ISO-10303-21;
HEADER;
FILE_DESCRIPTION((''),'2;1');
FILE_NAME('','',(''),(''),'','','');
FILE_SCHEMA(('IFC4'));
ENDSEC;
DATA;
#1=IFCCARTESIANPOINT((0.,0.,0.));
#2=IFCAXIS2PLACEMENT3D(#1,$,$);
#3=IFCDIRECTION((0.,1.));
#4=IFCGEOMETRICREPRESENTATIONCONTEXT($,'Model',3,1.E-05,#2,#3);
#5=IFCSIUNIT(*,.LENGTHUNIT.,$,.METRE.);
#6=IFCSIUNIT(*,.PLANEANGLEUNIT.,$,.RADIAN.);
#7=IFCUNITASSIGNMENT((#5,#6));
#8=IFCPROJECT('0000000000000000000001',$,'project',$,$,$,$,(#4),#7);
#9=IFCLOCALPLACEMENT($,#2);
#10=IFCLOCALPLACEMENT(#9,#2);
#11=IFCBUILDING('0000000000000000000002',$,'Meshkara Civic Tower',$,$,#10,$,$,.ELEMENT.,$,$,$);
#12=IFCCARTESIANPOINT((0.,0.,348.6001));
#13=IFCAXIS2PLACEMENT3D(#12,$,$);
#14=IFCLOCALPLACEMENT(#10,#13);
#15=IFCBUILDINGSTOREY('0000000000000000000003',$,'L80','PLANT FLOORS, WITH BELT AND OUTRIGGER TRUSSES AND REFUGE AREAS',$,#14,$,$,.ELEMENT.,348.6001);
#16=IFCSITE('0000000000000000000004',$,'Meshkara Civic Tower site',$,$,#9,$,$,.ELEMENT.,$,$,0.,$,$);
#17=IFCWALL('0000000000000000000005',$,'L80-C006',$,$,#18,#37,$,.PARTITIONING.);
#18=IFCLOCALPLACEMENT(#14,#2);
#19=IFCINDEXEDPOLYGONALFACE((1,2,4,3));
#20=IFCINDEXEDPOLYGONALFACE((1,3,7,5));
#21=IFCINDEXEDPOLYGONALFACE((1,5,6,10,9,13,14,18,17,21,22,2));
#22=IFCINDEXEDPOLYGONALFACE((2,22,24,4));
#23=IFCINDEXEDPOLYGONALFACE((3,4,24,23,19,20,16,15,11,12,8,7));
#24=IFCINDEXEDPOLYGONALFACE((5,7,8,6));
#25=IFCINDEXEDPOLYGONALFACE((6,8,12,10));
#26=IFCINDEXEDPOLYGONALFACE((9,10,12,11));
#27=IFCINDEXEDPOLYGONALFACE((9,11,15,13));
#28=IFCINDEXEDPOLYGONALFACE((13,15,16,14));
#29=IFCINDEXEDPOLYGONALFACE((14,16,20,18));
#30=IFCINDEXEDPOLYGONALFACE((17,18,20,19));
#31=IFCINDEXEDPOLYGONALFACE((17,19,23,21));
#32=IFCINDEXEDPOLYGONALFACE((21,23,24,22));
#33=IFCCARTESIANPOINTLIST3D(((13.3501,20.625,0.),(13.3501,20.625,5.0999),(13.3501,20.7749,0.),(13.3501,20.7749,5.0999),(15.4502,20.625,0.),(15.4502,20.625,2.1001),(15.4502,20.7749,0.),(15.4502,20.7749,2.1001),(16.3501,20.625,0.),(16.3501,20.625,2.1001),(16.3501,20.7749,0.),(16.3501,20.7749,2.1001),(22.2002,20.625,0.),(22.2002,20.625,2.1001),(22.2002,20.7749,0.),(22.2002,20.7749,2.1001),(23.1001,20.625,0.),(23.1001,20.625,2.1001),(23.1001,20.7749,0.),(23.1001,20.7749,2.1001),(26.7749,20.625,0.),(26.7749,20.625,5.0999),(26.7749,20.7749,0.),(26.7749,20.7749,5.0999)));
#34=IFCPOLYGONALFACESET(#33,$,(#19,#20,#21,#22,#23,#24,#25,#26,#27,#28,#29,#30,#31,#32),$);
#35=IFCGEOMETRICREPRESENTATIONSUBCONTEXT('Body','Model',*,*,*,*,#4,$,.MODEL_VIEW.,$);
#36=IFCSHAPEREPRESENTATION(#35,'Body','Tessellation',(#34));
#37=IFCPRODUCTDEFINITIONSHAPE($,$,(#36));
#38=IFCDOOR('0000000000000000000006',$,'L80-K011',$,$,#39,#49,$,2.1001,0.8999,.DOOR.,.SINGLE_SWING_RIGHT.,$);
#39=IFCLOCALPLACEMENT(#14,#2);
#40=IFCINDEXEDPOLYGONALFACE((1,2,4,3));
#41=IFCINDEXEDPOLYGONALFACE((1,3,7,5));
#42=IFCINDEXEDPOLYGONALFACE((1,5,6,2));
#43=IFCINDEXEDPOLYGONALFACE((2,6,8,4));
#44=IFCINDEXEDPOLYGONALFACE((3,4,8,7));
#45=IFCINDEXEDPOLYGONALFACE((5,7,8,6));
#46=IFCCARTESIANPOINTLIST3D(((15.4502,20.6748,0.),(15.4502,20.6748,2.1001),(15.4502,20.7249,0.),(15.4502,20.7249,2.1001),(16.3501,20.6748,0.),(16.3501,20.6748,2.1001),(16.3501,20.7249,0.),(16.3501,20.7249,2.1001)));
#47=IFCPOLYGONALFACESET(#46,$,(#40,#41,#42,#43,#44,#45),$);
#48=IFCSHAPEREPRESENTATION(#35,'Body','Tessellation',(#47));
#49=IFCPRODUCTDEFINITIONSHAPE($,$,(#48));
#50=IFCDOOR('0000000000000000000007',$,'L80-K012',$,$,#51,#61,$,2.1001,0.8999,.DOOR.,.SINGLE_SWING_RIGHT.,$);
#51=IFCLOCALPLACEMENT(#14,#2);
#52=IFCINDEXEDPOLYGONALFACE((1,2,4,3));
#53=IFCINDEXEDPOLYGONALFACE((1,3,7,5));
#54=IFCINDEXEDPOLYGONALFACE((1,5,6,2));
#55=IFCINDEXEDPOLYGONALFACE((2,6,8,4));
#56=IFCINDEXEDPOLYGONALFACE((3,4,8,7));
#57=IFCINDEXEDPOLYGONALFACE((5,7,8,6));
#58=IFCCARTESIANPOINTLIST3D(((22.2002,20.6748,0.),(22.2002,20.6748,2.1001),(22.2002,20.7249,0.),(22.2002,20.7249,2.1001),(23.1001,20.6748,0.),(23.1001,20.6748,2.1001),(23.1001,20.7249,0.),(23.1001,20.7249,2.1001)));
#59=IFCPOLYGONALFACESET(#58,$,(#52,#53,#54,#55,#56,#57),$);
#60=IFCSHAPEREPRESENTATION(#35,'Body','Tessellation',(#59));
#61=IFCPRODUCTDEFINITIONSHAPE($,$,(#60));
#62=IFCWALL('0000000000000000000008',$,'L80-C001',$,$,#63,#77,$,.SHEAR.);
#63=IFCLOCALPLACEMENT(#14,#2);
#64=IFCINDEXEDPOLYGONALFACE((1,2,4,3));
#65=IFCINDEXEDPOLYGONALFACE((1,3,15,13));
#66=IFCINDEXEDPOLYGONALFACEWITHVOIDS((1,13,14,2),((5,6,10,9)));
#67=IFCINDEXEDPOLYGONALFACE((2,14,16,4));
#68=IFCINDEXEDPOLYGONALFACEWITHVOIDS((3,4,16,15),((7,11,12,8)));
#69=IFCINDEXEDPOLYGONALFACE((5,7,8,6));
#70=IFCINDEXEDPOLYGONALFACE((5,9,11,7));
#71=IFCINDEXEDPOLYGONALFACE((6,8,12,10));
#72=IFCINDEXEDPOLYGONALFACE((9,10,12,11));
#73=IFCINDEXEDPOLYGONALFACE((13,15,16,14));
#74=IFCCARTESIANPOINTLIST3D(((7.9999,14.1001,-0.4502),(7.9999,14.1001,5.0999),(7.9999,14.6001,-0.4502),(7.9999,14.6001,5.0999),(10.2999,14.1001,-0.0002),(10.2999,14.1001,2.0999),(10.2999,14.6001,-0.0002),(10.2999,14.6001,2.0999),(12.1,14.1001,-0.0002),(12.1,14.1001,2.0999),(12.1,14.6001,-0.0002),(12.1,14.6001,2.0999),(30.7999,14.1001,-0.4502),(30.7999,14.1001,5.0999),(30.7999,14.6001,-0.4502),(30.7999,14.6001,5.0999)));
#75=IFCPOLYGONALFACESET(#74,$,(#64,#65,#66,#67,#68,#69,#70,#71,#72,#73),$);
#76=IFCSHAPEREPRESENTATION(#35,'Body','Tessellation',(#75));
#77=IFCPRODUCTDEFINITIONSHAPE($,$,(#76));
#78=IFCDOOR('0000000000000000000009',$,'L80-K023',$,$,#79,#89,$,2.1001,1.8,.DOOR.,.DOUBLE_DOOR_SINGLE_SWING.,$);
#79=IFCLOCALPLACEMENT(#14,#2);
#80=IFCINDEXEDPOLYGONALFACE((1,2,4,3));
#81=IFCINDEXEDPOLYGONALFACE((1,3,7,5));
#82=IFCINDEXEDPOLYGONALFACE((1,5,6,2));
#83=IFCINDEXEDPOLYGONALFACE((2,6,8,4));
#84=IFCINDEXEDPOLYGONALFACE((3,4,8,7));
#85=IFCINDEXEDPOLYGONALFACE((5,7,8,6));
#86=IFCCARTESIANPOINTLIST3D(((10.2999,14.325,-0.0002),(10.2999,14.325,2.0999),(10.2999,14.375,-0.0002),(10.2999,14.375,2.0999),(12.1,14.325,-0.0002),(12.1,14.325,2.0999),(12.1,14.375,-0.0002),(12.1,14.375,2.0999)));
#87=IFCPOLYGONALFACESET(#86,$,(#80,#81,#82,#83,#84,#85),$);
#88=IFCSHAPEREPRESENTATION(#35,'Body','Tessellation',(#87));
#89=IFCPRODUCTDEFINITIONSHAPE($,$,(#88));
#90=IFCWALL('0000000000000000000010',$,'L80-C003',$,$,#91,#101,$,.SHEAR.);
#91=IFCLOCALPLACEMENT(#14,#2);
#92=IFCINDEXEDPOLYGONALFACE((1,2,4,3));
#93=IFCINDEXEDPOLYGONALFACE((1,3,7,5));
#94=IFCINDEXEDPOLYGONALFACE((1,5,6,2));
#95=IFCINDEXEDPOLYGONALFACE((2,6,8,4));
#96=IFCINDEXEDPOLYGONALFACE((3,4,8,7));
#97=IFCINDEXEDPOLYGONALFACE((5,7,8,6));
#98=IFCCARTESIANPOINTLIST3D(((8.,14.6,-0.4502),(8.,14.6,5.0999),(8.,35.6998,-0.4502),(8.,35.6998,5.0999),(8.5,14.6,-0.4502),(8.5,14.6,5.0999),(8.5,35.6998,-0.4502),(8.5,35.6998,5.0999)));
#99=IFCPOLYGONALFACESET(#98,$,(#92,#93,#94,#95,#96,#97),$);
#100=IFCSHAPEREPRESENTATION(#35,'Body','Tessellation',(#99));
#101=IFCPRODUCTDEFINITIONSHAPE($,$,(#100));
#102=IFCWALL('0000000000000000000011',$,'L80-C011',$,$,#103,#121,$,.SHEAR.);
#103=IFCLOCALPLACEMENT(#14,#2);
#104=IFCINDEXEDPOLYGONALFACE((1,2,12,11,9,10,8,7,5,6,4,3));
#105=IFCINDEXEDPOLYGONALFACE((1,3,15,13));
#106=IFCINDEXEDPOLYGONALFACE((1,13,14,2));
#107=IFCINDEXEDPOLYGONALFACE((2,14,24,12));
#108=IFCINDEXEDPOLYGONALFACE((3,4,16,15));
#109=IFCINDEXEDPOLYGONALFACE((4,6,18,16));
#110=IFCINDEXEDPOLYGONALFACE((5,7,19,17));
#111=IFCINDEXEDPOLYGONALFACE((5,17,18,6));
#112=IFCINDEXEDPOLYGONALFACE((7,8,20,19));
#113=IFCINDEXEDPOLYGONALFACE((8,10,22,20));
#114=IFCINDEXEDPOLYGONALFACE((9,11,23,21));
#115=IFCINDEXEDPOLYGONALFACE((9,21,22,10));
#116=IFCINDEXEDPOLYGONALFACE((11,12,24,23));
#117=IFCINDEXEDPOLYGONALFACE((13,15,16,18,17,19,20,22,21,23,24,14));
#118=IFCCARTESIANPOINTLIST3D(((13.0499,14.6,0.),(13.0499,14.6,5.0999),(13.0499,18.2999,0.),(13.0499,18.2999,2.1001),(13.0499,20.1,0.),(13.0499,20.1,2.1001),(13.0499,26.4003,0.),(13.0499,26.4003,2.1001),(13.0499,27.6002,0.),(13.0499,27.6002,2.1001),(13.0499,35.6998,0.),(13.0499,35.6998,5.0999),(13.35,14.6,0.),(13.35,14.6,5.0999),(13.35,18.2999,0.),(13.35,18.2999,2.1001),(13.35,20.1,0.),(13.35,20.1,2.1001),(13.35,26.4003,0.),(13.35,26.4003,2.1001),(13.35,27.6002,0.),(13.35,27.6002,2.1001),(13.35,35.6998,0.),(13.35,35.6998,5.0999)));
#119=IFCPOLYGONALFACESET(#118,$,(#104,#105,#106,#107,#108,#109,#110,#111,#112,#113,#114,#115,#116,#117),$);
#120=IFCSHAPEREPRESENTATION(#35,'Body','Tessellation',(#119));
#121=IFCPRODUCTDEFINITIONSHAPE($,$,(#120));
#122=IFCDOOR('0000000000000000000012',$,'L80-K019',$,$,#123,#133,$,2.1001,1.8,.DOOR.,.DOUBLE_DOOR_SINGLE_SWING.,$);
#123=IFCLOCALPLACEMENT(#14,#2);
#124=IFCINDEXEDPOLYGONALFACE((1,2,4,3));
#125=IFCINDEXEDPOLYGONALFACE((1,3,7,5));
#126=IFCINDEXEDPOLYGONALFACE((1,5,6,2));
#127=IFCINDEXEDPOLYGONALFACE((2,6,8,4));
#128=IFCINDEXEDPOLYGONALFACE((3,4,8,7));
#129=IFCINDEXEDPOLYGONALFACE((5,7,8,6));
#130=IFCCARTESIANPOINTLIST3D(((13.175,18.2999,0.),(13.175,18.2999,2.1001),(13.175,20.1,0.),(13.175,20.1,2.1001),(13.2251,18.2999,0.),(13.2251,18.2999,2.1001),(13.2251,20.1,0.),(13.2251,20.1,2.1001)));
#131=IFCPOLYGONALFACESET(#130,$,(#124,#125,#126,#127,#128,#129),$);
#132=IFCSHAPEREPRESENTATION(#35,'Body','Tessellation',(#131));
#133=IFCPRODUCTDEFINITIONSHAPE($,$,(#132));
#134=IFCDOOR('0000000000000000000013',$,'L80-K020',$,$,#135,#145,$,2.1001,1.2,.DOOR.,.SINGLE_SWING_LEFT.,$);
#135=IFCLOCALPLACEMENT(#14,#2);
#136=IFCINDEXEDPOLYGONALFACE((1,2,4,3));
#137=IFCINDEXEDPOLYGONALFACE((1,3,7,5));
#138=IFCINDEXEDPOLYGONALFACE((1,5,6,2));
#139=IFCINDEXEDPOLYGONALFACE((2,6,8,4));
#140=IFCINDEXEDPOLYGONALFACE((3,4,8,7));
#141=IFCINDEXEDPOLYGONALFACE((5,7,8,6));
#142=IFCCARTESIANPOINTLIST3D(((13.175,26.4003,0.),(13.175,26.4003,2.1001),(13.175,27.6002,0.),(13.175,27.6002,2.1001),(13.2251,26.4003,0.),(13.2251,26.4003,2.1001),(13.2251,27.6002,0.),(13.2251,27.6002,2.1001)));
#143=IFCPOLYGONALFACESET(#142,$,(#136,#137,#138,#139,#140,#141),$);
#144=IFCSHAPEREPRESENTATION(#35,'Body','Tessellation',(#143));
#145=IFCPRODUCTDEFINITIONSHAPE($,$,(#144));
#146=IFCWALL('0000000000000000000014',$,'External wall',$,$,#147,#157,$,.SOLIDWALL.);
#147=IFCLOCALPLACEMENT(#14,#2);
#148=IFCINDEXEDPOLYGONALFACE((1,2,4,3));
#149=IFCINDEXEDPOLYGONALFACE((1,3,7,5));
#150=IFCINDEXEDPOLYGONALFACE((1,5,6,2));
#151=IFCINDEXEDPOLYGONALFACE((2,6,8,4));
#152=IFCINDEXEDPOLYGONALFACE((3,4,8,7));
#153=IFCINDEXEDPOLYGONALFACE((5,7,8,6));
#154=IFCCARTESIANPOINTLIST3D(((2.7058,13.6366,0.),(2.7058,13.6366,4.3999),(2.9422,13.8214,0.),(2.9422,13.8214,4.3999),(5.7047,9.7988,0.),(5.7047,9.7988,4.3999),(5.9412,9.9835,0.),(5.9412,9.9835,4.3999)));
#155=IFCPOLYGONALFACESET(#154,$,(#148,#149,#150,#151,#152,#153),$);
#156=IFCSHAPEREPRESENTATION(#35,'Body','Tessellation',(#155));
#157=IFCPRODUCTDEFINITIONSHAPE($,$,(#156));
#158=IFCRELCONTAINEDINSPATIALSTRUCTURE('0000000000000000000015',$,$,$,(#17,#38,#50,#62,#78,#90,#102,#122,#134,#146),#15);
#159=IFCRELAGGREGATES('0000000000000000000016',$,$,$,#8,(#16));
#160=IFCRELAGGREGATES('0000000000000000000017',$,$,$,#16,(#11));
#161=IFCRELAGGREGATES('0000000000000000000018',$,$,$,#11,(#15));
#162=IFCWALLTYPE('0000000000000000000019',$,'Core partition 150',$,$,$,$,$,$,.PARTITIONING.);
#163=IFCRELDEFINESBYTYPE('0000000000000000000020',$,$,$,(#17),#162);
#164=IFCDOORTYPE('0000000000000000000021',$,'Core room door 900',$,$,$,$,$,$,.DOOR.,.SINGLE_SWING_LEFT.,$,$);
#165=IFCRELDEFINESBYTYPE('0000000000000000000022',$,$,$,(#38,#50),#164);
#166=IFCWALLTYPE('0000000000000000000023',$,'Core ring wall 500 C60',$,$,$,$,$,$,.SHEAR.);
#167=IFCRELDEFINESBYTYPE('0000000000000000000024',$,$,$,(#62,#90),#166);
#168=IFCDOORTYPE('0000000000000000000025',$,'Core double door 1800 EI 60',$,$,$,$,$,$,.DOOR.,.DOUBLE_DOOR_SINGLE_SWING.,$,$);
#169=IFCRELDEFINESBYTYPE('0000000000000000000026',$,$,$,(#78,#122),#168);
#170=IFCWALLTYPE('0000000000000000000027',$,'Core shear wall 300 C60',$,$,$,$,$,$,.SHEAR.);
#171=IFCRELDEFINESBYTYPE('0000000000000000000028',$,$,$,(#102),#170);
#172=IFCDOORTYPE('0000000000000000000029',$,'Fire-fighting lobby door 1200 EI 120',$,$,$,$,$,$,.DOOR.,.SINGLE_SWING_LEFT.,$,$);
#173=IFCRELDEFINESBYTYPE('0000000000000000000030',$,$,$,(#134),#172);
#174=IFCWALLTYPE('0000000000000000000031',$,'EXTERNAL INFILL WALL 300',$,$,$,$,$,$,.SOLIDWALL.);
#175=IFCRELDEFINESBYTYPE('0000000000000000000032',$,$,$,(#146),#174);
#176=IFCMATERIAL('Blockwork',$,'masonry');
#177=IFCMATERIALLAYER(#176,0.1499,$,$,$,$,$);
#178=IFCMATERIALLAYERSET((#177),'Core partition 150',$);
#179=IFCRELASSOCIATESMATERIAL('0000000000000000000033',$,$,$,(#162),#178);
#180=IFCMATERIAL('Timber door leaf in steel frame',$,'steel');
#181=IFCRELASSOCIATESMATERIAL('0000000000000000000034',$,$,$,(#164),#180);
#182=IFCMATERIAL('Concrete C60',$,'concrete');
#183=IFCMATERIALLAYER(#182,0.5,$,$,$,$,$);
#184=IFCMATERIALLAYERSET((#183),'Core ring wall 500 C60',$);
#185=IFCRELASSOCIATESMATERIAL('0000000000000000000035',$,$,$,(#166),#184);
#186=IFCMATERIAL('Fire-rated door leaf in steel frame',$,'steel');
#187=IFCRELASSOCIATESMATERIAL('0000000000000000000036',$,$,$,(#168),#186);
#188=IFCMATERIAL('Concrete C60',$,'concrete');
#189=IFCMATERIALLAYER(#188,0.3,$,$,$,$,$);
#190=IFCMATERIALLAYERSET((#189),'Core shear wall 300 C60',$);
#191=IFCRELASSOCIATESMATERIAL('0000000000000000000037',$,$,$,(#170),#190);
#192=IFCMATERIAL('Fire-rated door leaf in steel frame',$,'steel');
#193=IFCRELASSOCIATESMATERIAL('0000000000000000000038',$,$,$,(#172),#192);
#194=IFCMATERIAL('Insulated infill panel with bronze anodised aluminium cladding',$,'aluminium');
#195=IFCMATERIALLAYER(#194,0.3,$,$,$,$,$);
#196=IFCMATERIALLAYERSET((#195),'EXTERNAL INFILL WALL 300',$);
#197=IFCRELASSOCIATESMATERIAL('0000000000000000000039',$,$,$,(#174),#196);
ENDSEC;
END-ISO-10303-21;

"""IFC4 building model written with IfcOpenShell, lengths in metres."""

from ifc_helpers import new_model, si_unit, direction, frame, frame_2d, origin, place, context, subcontext, project, spatial, rectangle, extrude, material, layer, layer_set, type_object, element, fill, save


model = new_model("IFC4")

# Units and contexts
model_context = context("Model", 3, precision=1e-05, world=origin(), true_north=direction((0.0, 1.0)))
body_context = subcontext(model_context, "Body", "Model", "MODEL_VIEW")
ifc_project = project(units=[si_unit("LENGTHUNIT", "METRE"), si_unit("PLANEANGLEUNIT", "RADIAN")], contexts=[model_context])

# Site, building, storey
site_placement = place(None, origin())
site = spatial("IfcSite", under=ifc_project, at=site_placement, Name="Meshkara Civic Tower site", CompositionType="ELEMENT", RefElevation=0.0)
building_placement = place(site_placement, origin())
building = spatial("IfcBuilding", under=site, at=building_placement, Name="Meshkara Civic Tower", CompositionType="ELEMENT")
storey_placement = place(building_placement, frame((0.0, 0.0, 348.6001)))
storey = spatial("IfcBuildingStorey", under=building, at=storey_placement, Name="L80", Description="PLANT FLOORS, WITH BELT AND OUTRIGGER TRUSSES AND REFUGE AREAS", CompositionType="ELEMENT", Elevation=348.6001)

# Wall, openings, doors
ifc_material_1 = material(Name="Blockwork", Category="masonry")
ifc_layer_1 = layer(ifc_material_1, 0.1499)
ifc_layer_set_1 = layer_set([ifc_layer_1], Name="Core partition 150")
wall_type_1 = type_object("IfcWallType", Name="Core partition 150", PredefinedType="PARTITIONING", material=ifc_layer_set_1)
wall_1_placement = place(storey_placement, frame((13.3501, 20.7, 0.0), z_axis=(0.0, 0.0, 1.0), x_axis=(1.0, 0.0, 0.0)))
wall_1 = element("IfcWall", 1, at=wall_1_placement, inside=storey, type_object=wall_type_1, Name="L80-C006", PredefinedType="PARTITIONING", context=body_context, shape_type="SweptSolid", body=[
    extrude(rectangle(XDim=13.4248, YDim=0.1499, at=frame_2d((6.7124, 0.0))), origin(), (0.0, 0.0, 1.0), 5.0999),
])
opening_1_placement = place(wall_1_placement, frame((2.1001, 0.0, 0.0)))
opening_1 = element("IfcOpeningElement", 2, at=opening_1_placement, cuts=wall_1, PredefinedType="OPENING", context=body_context, shape_type="SweptSolid", body=[
    extrude(rectangle(XDim=0.8999, YDim=2.1001, at=frame_2d((0.45, 1.05))), frame((0.0, 0.085, 0.0), z_axis=(0.0, -1.0, 0.0), x_axis=(1.0, 0.0, 0.0)), (0.0, 0.0, 1.0), 0.1699),
])
opening_2_placement = place(wall_1_placement, frame((8.8501, 0.0, 0.0)))
opening_2 = element("IfcOpeningElement", 3, at=opening_2_placement, cuts=wall_1, PredefinedType="OPENING", context=body_context, shape_type="SweptSolid", body=[
    extrude(rectangle(XDim=0.8999, YDim=2.1001, at=frame_2d((0.45, 1.05))), frame((0.0, 0.085, 0.0), z_axis=(0.0, -1.0, 0.0), x_axis=(1.0, 0.0, 0.0)), (0.0, 0.0, 1.0), 0.1699),
])
ifc_material_2 = material(Name="Timber door leaf in steel frame", Category="steel")
door_type_1 = type_object("IfcDoorType", Name="Core room door 900", OperationType="SINGLE_SWING_LEFT", PredefinedType="DOOR", material=ifc_material_2)
door_1_placement = place(opening_1_placement, origin())
door_1 = element("IfcDoor", 4, at=door_1_placement, inside=storey, type_object=door_type_1, Name="L80-K011", OperationType="SINGLE_SWING_RIGHT", OverallHeight=2.1001, OverallWidth=0.8999, PredefinedType="DOOR", context=body_context, shape_type="SweptSolid", body=[
    extrude(rectangle(XDim=0.8999, YDim=2.1001, at=frame_2d((0.45, 1.05))), frame((0.0, 0.0249, 0.0), z_axis=(0.0, -1.0, 0.0), x_axis=(1.0, 0.0, 0.0)), (0.0, 0.0, 1.0), 0.05),
])
fill(opening_1, door_1)
door_2_placement = place(opening_2_placement, origin())
door_2 = element("IfcDoor", 5, at=door_2_placement, inside=storey, type_object=door_type_1, Name="L80-K012", OperationType="SINGLE_SWING_RIGHT", OverallHeight=2.1001, OverallWidth=0.8999, PredefinedType="DOOR", context=body_context, shape_type="SweptSolid", body=[
    extrude(rectangle(XDim=0.8999, YDim=2.1001, at=frame_2d((0.45, 1.05))), frame((0.0, 0.0249, 0.0), z_axis=(0.0, -1.0, 0.0), x_axis=(1.0, 0.0, 0.0)), (0.0, 0.0, 1.0), 0.05),
])
fill(opening_2, door_2)

# Wall, opening, door
ifc_material_3 = material(Name="Concrete C60", Category="concrete")
ifc_layer_2 = layer(ifc_material_3, 0.5)
ifc_layer_set_2 = layer_set([ifc_layer_2], Name="Core ring wall 500 C60")
wall_type_2 = type_object("IfcWallType", Name="Core ring wall 500 C60", PredefinedType="SHEAR", material=ifc_layer_set_2)
wall_2_placement = place(storey_placement, frame((8.0, 14.3501, -0.4502), z_axis=(0.0, 0.0, 1.0), x_axis=(1.0, 0.0, 0.0)))
wall_2 = element("IfcWall", 6, at=wall_2_placement, inside=storey, type_object=wall_type_2, Name="L80-C001", PredefinedType="SHEAR", context=body_context, shape_type="SweptSolid", body=[
    extrude(rectangle(XDim=22.8, YDim=0.5, at=frame_2d((11.3999, 0.0))), origin(), (0.0, 0.0, 1.0), 5.55),
])
opening_3_placement = place(wall_2_placement, frame((2.3, 0.0, 0.45)))
opening_3 = element("IfcOpeningElement", 7, at=opening_3_placement, cuts=wall_2, PredefinedType="OPENING", context=body_context, shape_type="SweptSolid", body=[
    extrude(rectangle(XDim=1.8, YDim=2.1001, at=frame_2d((0.8999, 1.05))), frame((0.0, 0.26, 0.0), z_axis=(0.0, -1.0, 0.0), x_axis=(1.0, 0.0, 0.0)), (0.0, 0.0, 1.0), 0.52),
])
ifc_material_4 = material(Name="Fire-rated door leaf in steel frame", Category="steel")
door_type_2 = type_object("IfcDoorType", Name="Core double door 1800 EI 60", OperationType="DOUBLE_DOOR_SINGLE_SWING", PredefinedType="DOOR", material=ifc_material_4)
door_3_placement = place(opening_3_placement, origin())
door_3 = element("IfcDoor", 8, at=door_3_placement, inside=storey, type_object=door_type_2, Name="L80-K023", OperationType="DOUBLE_DOOR_SINGLE_SWING", OverallHeight=2.1001, OverallWidth=1.8, PredefinedType="DOOR", context=body_context, shape_type="SweptSolid", body=[
    extrude(rectangle(XDim=1.8, YDim=2.1001, at=frame_2d((0.8999, 1.05))), frame((0.0, 0.0249, 0.0), z_axis=(0.0, -1.0, 0.0), x_axis=(1.0, 0.0, 0.0)), (0.0, 0.0, 1.0), 0.05),
])
fill(opening_3, door_3)

# Wall
wall_3_placement = place(storey_placement, frame((8.25, 14.6001, -0.4502), z_axis=(0.0, 0.0, 1.0), x_axis=(0.0, 1.0, 0.0)))
element("IfcWall", 9, at=wall_3_placement, inside=storey, type_object=wall_type_2, Name="L80-C003", PredefinedType="SHEAR", context=body_context, shape_type="SweptSolid", body=[
    extrude(rectangle(XDim=21.0999, YDim=0.5, at=frame_2d((10.5498, 0.0))), origin(), (0.0, 0.0, 1.0), 5.55),
])

# Wall, openings, doors
ifc_material_5 = material(Name="Concrete C60", Category="concrete")
ifc_layer_3 = layer(ifc_material_5, 0.3)
ifc_layer_set_3 = layer_set([ifc_layer_3], Name="Core shear wall 300 C60")
wall_type_3 = type_object("IfcWallType", Name="Core shear wall 300 C60", PredefinedType="SHEAR", material=ifc_layer_set_3)
wall_4_placement = place(storey_placement, frame((13.2, 14.6001, 0.0), z_axis=(0.0, 0.0, 1.0), x_axis=(0.0, 1.0, 0.0)))
wall_4 = element("IfcWall", 10, at=wall_4_placement, inside=storey, type_object=wall_type_3, Name="L80-C011", PredefinedType="SHEAR", context=body_context, shape_type="SweptSolid", body=[
    extrude(rectangle(XDim=21.0999, YDim=0.3, at=frame_2d((10.5498, 0.0))), origin(), (0.0, 0.0, 1.0), 5.0999),
])
opening_4_placement = place(wall_4_placement, frame((3.7, 0.0, 0.0)))
opening_4 = element("IfcOpeningElement", 11, at=opening_4_placement, cuts=wall_4, PredefinedType="OPENING", context=body_context, shape_type="SweptSolid", body=[
    extrude(rectangle(XDim=1.8, YDim=2.1001, at=frame_2d((0.8999, 1.05))), frame((0.0, 0.1599, 0.0), z_axis=(0.0, -1.0, 0.0), x_axis=(1.0, 0.0, 0.0)), (0.0, 0.0, 1.0), 0.3201),
])
opening_5_placement = place(wall_4_placement, frame((11.8, 0.0, 0.0)))
opening_5 = element("IfcOpeningElement", 12, at=opening_5_placement, cuts=wall_4, PredefinedType="OPENING", context=body_context, shape_type="SweptSolid", body=[
    extrude(rectangle(XDim=1.2, YDim=2.1001, at=frame_2d((0.6001, 1.05))), frame((0.0, 0.1599, 0.0), z_axis=(0.0, -1.0, 0.0), x_axis=(1.0, 0.0, 0.0)), (0.0, 0.0, 1.0), 0.3201),
])
door_4_placement = place(opening_4_placement, origin())
door_4 = element("IfcDoor", 13, at=door_4_placement, inside=storey, type_object=door_type_2, Name="L80-K019", OperationType="DOUBLE_DOOR_SINGLE_SWING", OverallHeight=2.1001, OverallWidth=1.8, PredefinedType="DOOR", context=body_context, shape_type="SweptSolid", body=[
    extrude(rectangle(XDim=1.8, YDim=2.1001, at=frame_2d((0.8999, 1.05))), frame((0.0, 0.0249, 0.0), z_axis=(0.0, -1.0, 0.0), x_axis=(1.0, 0.0, 0.0)), (0.0, 0.0, 1.0), 0.05),
])
fill(opening_4, door_4)
ifc_material_6 = material(Name="Fire-rated door leaf in steel frame", Category="steel")
door_type_3 = type_object("IfcDoorType", Name="Fire-fighting lobby door 1200 EI 120", OperationType="SINGLE_SWING_LEFT", PredefinedType="DOOR", material=ifc_material_6)
door_5_placement = place(opening_5_placement, origin())
door_5 = element("IfcDoor", 14, at=door_5_placement, inside=storey, type_object=door_type_3, Name="L80-K020", OperationType="SINGLE_SWING_LEFT", OverallHeight=2.1001, OverallWidth=1.2, PredefinedType="DOOR", context=body_context, shape_type="SweptSolid", body=[
    extrude(rectangle(XDim=1.2, YDim=2.1001, at=frame_2d((0.6001, 1.05))), frame((0.0, 0.0249, 0.0), z_axis=(0.0, -1.0, 0.0), x_axis=(1.0, 0.0, 0.0)), (0.0, 0.0, 1.0), 0.05),
])
fill(opening_5, door_5)

# Wall
ifc_material_7 = material(Name="Insulated infill panel with bronze anodised aluminium cladding", Category="aluminium")
ifc_layer_4 = layer(ifc_material_7, 0.3)
ifc_layer_set_4 = layer_set([ifc_layer_4], Name="EXTERNAL INFILL WALL 300")
wall_type_4 = type_object("IfcWallType", Name="EXTERNAL INFILL WALL 300", PredefinedType="SOLIDWALL", material=ifc_layer_set_4)
wall_5_placement = place(storey_placement, frame((2.824, 13.729, 0.0), z_axis=(0.0, 0.0, 1.0), x_axis=(0.61573, -0.787957, 0.0)))
element("IfcWall", 15, at=wall_5_placement, inside=storey, type_object=wall_type_4, Name="External wall", PredefinedType="SOLIDWALL", context=body_context, shape_type="SweptSolid", body=[
    extrude(rectangle(XDim=4.8706, YDim=0.3, at=frame_2d((2.4353, 0.0))), origin(), (0.0, 0.0, 1.0), 4.3999),
])

save(model, "model.ifc")
